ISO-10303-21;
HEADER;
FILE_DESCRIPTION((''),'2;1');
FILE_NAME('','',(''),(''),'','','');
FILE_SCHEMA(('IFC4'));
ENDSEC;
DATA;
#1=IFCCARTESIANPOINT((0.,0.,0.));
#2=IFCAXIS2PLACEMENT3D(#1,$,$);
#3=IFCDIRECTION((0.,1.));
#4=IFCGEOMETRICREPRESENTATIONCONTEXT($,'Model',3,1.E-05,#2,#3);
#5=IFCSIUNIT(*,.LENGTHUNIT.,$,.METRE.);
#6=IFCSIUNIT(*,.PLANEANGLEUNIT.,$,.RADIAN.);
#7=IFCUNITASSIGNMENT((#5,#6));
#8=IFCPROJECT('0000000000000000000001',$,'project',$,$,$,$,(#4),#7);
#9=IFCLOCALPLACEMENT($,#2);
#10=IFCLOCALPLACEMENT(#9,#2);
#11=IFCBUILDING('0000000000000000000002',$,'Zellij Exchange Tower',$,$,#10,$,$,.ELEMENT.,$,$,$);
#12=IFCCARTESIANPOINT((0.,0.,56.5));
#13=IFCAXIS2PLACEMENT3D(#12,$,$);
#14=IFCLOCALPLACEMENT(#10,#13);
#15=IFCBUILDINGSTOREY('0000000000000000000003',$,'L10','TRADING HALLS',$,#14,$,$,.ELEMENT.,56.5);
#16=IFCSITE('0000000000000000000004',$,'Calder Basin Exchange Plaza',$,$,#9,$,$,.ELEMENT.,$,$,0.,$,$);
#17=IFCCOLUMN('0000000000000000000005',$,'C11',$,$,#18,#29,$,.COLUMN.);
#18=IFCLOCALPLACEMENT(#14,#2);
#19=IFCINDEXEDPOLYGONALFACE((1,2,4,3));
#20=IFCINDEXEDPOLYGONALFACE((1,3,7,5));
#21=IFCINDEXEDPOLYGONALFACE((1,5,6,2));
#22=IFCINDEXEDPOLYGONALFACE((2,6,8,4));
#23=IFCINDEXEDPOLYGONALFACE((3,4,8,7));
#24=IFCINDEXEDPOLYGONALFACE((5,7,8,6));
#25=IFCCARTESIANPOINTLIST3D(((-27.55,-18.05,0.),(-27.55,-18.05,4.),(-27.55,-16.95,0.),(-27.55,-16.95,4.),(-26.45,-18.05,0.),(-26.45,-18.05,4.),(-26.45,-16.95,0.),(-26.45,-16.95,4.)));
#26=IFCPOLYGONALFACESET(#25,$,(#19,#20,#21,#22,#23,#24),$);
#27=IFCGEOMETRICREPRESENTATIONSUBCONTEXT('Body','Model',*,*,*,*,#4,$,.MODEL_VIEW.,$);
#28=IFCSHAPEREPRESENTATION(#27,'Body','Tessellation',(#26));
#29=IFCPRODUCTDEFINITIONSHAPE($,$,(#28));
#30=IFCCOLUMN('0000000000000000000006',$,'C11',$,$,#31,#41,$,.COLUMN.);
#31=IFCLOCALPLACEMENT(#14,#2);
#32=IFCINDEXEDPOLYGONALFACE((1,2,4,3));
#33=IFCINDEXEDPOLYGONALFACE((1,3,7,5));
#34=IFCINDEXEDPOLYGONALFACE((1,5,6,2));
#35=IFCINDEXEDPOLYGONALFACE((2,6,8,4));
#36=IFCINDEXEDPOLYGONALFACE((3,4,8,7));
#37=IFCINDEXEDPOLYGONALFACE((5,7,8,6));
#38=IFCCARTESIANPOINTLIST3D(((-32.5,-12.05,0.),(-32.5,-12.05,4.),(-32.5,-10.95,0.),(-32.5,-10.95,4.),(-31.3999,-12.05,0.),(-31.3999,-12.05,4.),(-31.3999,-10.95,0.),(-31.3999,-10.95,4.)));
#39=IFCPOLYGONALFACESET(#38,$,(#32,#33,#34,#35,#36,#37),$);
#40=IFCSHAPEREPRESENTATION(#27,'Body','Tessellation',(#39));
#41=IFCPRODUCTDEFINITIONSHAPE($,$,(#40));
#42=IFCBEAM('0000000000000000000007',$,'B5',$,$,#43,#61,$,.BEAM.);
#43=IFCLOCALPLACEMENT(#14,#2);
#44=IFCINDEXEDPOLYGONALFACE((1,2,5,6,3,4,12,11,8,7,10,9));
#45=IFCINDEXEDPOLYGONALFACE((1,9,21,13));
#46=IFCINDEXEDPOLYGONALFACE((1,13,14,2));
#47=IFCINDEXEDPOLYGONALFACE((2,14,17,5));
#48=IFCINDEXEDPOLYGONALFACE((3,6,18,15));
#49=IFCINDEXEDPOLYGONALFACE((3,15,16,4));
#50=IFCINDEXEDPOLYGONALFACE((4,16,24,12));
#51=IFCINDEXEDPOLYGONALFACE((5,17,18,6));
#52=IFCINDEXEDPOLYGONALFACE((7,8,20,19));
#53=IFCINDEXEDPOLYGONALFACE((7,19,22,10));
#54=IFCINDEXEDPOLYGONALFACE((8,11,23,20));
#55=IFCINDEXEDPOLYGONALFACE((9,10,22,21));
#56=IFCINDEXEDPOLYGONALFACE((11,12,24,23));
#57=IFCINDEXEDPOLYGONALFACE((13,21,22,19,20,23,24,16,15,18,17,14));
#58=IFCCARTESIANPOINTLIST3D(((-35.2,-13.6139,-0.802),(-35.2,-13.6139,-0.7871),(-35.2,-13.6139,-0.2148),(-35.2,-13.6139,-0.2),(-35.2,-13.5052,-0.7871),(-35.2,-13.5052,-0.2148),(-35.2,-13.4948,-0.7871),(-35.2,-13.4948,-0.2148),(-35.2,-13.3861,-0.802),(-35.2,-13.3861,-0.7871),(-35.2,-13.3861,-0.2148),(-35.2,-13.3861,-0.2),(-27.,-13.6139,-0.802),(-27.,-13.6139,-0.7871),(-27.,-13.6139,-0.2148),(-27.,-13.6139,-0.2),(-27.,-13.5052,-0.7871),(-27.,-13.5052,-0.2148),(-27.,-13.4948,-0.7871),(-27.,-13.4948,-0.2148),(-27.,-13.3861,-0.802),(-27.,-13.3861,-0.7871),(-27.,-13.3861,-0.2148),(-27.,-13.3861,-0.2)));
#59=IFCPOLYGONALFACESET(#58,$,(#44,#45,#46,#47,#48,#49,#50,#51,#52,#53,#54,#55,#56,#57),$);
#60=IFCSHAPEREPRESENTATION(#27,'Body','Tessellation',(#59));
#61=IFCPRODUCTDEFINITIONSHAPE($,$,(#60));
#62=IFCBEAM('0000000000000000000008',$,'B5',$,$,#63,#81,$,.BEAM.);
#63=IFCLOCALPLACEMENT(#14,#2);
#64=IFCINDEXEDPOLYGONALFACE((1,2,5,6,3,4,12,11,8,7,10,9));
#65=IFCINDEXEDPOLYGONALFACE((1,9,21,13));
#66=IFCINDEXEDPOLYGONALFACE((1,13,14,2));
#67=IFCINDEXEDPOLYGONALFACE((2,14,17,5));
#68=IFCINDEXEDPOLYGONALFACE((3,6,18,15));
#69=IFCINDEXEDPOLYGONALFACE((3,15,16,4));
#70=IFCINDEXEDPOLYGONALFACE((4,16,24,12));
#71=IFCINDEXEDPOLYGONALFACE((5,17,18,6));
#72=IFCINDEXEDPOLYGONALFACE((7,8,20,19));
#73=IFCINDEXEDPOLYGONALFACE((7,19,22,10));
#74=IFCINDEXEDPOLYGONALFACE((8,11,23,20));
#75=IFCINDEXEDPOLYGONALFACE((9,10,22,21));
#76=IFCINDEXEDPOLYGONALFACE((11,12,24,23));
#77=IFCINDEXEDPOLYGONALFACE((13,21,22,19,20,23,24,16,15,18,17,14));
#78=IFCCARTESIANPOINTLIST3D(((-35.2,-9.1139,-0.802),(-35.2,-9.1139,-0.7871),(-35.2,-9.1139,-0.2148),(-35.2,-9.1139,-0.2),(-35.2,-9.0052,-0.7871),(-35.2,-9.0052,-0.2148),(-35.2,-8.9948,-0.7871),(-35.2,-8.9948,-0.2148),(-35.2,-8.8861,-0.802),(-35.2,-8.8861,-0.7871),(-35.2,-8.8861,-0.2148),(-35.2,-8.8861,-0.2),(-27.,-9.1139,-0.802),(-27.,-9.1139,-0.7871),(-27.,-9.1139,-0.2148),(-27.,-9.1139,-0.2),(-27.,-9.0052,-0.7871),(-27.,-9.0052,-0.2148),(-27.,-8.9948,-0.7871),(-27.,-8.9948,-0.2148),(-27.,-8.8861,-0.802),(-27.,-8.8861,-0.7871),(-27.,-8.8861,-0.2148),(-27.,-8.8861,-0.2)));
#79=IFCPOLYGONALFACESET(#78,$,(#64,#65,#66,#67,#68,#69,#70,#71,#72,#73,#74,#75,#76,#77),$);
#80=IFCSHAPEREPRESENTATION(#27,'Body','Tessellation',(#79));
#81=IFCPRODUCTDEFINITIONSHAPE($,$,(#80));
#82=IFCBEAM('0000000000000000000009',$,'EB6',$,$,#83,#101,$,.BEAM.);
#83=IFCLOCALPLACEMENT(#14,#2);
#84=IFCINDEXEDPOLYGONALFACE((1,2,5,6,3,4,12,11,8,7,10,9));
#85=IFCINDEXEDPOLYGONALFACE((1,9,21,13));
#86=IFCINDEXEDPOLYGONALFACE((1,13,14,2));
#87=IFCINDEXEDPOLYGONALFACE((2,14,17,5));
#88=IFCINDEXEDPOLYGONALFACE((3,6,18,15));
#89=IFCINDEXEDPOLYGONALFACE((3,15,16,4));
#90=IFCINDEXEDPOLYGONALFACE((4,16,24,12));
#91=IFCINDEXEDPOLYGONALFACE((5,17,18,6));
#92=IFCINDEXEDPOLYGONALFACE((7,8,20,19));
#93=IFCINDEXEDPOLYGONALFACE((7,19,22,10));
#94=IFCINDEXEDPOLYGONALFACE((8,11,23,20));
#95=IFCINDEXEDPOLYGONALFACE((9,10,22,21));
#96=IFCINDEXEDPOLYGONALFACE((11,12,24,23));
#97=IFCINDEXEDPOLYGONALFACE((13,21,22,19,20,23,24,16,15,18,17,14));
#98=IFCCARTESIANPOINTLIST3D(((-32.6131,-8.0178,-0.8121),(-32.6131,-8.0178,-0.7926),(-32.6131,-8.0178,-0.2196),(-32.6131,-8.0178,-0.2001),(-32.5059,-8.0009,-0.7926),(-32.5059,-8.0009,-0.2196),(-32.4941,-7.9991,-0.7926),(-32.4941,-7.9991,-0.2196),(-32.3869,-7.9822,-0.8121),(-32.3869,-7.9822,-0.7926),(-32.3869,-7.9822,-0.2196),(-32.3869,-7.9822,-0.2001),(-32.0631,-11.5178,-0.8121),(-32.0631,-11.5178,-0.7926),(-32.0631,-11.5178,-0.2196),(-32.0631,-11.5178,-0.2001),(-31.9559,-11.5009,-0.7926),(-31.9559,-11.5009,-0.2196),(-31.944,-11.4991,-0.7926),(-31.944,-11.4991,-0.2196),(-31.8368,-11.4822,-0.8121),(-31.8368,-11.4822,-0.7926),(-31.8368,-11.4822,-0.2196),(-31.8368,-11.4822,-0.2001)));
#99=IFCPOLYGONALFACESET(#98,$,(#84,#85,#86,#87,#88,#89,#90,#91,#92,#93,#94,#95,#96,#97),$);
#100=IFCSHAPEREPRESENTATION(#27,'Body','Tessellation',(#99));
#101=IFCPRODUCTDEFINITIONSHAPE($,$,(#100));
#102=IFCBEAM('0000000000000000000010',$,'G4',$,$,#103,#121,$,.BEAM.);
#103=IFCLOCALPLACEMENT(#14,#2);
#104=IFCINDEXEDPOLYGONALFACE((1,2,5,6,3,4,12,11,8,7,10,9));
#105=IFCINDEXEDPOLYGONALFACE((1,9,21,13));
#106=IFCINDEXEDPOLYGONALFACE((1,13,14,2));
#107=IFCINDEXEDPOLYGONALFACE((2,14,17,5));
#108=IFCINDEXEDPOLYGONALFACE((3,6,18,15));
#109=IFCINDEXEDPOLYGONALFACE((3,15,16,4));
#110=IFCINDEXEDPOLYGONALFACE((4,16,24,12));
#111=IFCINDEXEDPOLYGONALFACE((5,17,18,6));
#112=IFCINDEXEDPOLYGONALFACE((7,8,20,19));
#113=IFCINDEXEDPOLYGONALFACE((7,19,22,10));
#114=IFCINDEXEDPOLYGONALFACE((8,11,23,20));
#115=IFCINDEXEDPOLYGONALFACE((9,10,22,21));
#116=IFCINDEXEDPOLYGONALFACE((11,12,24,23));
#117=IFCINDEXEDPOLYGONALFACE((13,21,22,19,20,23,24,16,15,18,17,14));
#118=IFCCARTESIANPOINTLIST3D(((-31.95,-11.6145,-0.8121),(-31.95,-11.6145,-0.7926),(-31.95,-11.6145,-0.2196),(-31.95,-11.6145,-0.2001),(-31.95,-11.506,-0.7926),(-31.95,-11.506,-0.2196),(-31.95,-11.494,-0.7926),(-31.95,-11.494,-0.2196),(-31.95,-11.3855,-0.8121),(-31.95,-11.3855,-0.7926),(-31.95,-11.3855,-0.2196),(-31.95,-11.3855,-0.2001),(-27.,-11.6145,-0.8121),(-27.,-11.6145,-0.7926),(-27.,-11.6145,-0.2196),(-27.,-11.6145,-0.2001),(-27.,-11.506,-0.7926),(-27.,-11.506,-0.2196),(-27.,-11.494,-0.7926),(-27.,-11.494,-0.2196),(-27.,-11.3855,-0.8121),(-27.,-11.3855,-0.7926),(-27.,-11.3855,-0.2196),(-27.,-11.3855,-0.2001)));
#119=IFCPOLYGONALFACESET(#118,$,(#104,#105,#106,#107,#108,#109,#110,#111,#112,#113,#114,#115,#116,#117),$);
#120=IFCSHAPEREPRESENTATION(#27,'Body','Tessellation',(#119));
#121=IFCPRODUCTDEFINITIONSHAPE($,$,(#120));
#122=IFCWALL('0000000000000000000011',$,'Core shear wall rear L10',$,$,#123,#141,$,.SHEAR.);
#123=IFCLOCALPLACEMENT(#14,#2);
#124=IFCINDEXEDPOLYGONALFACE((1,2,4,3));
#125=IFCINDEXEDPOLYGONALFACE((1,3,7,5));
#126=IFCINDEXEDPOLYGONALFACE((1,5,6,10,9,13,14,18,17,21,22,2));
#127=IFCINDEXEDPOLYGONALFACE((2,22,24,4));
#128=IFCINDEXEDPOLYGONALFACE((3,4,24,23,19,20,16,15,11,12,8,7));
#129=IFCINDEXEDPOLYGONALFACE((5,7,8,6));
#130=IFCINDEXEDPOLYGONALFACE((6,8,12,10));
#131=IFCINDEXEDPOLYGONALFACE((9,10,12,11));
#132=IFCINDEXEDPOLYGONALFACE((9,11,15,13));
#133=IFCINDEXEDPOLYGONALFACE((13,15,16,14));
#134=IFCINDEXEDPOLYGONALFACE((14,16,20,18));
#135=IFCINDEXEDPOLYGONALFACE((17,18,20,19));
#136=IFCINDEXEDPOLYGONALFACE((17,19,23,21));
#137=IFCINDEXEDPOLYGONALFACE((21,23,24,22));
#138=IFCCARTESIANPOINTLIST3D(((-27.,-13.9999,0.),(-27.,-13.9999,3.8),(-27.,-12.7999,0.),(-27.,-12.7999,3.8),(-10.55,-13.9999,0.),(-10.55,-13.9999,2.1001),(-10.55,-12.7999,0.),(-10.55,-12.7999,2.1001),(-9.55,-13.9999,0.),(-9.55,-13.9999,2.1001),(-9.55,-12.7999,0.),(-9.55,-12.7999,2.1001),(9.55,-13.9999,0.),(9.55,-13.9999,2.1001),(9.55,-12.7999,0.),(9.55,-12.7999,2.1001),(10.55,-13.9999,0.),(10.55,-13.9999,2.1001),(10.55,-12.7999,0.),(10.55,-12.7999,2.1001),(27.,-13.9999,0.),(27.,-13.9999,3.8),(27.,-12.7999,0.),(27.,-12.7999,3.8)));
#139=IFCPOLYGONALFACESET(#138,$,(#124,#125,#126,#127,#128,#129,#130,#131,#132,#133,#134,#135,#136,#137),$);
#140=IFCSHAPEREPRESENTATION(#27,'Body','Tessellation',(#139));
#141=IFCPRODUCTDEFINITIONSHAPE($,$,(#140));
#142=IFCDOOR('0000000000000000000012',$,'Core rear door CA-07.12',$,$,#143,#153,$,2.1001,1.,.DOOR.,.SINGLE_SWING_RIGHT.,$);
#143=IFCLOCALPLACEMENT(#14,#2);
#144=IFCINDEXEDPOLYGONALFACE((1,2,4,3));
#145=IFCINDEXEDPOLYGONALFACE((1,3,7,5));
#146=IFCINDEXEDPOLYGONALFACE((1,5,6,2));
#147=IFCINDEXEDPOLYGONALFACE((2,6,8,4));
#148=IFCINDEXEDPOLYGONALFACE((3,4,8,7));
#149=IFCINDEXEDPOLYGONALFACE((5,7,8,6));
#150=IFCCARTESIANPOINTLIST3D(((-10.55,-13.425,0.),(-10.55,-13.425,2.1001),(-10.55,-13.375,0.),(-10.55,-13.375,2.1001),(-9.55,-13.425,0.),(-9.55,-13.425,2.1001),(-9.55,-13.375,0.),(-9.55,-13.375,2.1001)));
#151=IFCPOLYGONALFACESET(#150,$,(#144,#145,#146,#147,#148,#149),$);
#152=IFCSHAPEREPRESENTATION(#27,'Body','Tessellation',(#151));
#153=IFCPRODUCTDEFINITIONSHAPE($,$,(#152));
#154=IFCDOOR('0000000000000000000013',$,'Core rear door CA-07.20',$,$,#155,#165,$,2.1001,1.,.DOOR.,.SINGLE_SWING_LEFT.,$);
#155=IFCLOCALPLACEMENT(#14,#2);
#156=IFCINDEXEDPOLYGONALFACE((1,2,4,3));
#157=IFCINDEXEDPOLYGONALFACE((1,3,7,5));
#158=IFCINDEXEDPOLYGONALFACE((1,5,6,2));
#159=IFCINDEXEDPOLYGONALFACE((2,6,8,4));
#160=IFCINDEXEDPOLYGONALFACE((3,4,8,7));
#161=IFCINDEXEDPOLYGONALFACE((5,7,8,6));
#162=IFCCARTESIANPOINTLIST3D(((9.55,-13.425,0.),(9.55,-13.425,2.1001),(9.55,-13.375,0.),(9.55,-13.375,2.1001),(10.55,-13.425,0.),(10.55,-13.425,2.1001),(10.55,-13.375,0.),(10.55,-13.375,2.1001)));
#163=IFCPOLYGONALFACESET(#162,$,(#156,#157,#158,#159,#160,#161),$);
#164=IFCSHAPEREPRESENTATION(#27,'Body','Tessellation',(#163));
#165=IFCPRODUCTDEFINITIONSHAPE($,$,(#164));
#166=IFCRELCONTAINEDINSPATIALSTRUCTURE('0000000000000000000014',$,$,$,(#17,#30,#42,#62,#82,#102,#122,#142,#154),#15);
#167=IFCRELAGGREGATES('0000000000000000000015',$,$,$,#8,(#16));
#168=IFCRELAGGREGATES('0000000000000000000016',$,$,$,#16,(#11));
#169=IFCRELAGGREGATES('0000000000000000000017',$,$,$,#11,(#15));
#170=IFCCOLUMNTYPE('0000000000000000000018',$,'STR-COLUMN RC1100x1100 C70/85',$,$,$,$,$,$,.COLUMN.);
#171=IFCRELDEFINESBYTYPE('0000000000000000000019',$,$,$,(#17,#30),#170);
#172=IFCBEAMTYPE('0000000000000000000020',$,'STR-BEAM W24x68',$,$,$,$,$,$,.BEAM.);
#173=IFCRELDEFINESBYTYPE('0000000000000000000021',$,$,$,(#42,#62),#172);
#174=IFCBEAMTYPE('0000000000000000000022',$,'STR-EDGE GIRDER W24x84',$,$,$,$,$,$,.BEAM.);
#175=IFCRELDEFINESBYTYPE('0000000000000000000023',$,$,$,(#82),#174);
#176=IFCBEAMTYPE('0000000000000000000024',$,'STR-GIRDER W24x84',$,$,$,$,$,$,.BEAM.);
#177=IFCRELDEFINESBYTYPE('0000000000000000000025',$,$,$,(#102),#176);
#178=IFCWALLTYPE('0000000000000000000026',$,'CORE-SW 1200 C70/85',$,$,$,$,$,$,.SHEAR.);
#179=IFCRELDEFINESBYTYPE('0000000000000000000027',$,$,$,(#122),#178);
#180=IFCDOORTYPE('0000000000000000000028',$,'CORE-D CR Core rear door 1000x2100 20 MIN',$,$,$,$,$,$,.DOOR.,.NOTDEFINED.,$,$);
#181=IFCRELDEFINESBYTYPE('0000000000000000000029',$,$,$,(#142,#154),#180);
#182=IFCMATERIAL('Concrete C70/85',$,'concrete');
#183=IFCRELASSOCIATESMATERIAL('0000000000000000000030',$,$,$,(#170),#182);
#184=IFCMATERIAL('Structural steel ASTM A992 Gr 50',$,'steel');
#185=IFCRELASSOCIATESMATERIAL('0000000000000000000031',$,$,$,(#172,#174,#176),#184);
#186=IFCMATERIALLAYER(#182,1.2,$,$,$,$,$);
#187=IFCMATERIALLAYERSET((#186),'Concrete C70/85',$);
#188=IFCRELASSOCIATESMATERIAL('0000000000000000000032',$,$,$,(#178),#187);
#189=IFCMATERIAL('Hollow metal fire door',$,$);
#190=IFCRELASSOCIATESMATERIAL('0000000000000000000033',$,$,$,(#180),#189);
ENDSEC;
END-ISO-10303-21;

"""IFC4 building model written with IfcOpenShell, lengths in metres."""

from ifc_helpers import new_model, si_unit, direction, frame, frame_2d, origin, origin_2d, place, context, subcontext, project, spatial, rectangle, i_section, extrude, material, layer, layer_set, material_profile, profile_set, type_object, element, fill, save


model = new_model("IFC4")

# Units and contexts
model_context = context("Model", 3, precision=1e-05, world=origin(), true_north=direction((0.0, 1.0)))
body_context = subcontext(model_context, "Body", "Model", "MODEL_VIEW")
ifc_project = project(units=[si_unit("LENGTHUNIT", "METRE"), si_unit("PLANEANGLEUNIT", "RADIAN")], contexts=[model_context])

# Site, building, storey
site_placement = place(None, origin())
site = spatial("IfcSite", under=ifc_project, at=site_placement, Name="Calder Basin Exchange Plaza", CompositionType="ELEMENT", RefElevation=0.0)
building_placement = place(site_placement, origin())
building = spatial("IfcBuilding", under=site, at=building_placement, Name="Zellij Exchange Tower", CompositionType="ELEMENT")
storey_placement = place(building_placement, frame((0.0, 0.0, 56.5)))
storey = spatial("IfcBuildingStorey", under=building, at=storey_placement, Name="L10", Description="TRADING HALLS", CompositionType="ELEMENT", Elevation=56.5)

# Columns
ifc_material_1 = material(Name="Concrete C70/85", Category="concrete")
ifc_material_profile_1 = material_profile(ifc_material_1, rectangle(XDim=1.1001, YDim=1.1001, at=origin_2d()), Name="STR-COLUMN RC1100x1100 C70/85")
ifc_profile_set_1 = profile_set([ifc_material_profile_1], Name="Concrete C70/85")
column_type = type_object("IfcColumnType", Name="STR-COLUMN RC1100x1100 C70/85", PredefinedType="COLUMN", material=ifc_profile_set_1)
for number, where, z_axis, x_axis, name in (
    (1, (-27.0, -17.5, 0.0), (0.0, 0.0, 1.0), (1.0, 0.0, 0.0), "C11"),
    (2, (-31.95, -11.5, 0.0), (0.0, 0.0, 1.0), (1.0, 0.0, 0.0), "C11"),
):
    element("IfcColumn", number, at=place(storey_placement, frame(where, z_axis=z_axis, x_axis=x_axis)), inside=storey, type_object=column_type, Name=name, PredefinedType="COLUMN", context=body_context, shape_type="SweptSolid", body=[
        extrude(rectangle(XDim=1.1001, YDim=1.1001, at=origin_2d()), origin(), (0.0, 0.0, 1.0), 4.0),
    ])

# Beams
ifc_material_2 = material(Name="Structural steel ASTM A992 Gr 50", Category="steel")
ifc_material_profile_2 = material_profile(ifc_material_2, i_section(OverallWidth=0.2278, OverallDepth=0.6021, WebThickness=0.0105, FlangeThickness=0.0149, at=origin_2d()), Name="W24x68")
ifc_profile_set_2 = profile_set([ifc_material_profile_2], Name="Structural steel ASTM A992 Gr 50")
beam_type_1 = type_object("IfcBeamType", Name="STR-BEAM W24x68", PredefinedType="BEAM", material=ifc_profile_set_2)
for number, where, z_axis, x_axis, name in (
    (3, (-35.2, -13.5, -0.501), (1.0, 0.0, 0.0), (0.0, 1.0, 0.0), "B5"),
    (4, (-35.2, -9.0, -0.501), (1.0, 0.0, 0.0), (0.0, 1.0, 0.0), "B5"),
):
    element("IfcBeam", number, at=place(storey_placement, frame(where, z_axis=z_axis, x_axis=x_axis)), inside=storey, type_object=beam_type_1, Name=name, PredefinedType="BEAM", context=body_context, shape_type="SweptSolid", body=[
        extrude(i_section(OverallWidth=0.2278, OverallDepth=0.6021, WebThickness=0.0105, FlangeThickness=0.0149, at=origin_2d()), origin(), (0.0, 0.0, 1.0), 8.2),
    ])
ifc_material_profile_3 = material_profile(ifc_material_2, i_section(OverallWidth=0.229, OverallDepth=0.6121, WebThickness=0.012, FlangeThickness=0.0195, at=origin_2d()), Name="W24x84")
ifc_profile_set_3 = profile_set([ifc_material_profile_3], Name="Structural steel ASTM A992 Gr 50")
beam_type_2 = type_object("IfcBeamType", Name="STR-EDGE GIRDER W24x84", PredefinedType="BEAM", material=ifc_profile_set_3)
beam_1_placement = place(storey_placement, frame((-31.95, -11.5, -0.5061), z_axis=(-0.155251, 0.987875, 0.0), x_axis=(-0.987875, -0.155251, 0.0)))
element("IfcBeam", 5, at=beam_1_placement, inside=storey, type_object=beam_type_2, Name="EB6", PredefinedType="BEAM", context=body_context, shape_type="SweptSolid", body=[
    extrude(i_section(OverallWidth=0.229, OverallDepth=0.6121, WebThickness=0.012, FlangeThickness=0.0195, at=origin_2d()), origin(), (0.0, 0.0, 1.0), 3.543),
])
ifc_material_profile_4 = material_profile(ifc_material_2, i_section(OverallWidth=0.229, OverallDepth=0.6121, WebThickness=0.012, FlangeThickness=0.0195, at=origin_2d()), Name="W24x84")
ifc_profile_set_4 = profile_set([ifc_material_profile_4], Name="Structural steel ASTM A992 Gr 50")
beam_type_3 = type_object("IfcBeamType", Name="STR-GIRDER W24x84", PredefinedType="BEAM", material=ifc_profile_set_4)
beam_2_placement = place(storey_placement, frame((-31.95, -11.5, -0.5061), z_axis=(1.0, 0.0, 0.0), x_axis=(0.0, 1.0, 0.0)))
element("IfcBeam", 6, at=beam_2_placement, inside=storey, type_object=beam_type_3, Name="G4", PredefinedType="BEAM", context=body_context, shape_type="SweptSolid", body=[
    extrude(i_section(OverallWidth=0.229, OverallDepth=0.6121, WebThickness=0.012, FlangeThickness=0.0195, at=origin_2d()), origin(), (0.0, 0.0, 1.0), 4.95),
])

# Wall, openings, doors
ifc_layer_1 = layer(ifc_material_1, 1.2)
ifc_layer_set_1 = layer_set([ifc_layer_1], Name="Concrete C70/85")
wall_type_1 = type_object("IfcWallType", Name="CORE-SW 1200 C70/85", PredefinedType="SHEAR", material=ifc_layer_set_1)
wall_1_placement = place(storey_placement, frame((-27.0, -13.3999, 0.0), z_axis=(0.0, 0.0, 1.0), x_axis=(1.0, 0.0, 0.0)))
wall_1 = element("IfcWall", 7, at=wall_1_placement, inside=storey, type_object=wall_type_1, Name="Core shear wall rear L10", PredefinedType="SHEAR", context=body_context, shape_type="SweptSolid", body=[
    extrude(rectangle(XDim=54.0, YDim=1.2, at=frame_2d((27.0, 0.0))), origin(), (0.0, 0.0, 1.0), 3.8),
])
opening_1_placement = place(wall_1_placement, frame((16.45, 0.0, 0.0)))
opening_1 = element("IfcOpeningElement", 8, at=opening_1_placement, cuts=wall_1, PredefinedType="OPENING", context=body_context, shape_type="SweptSolid", body=[
    extrude(rectangle(XDim=1.0, YDim=2.1001, at=frame_2d((0.5, 1.05))), frame((0.0, 0.6118, 0.0), z_axis=(0.0, -1.0, 0.0), x_axis=(1.0, 0.0, 0.0)), (0.0, 0.0, 1.0), 1.2239),
])
opening_2_placement = place(wall_1_placement, frame((36.55, 0.0, 0.0)))
opening_2 = element("IfcOpeningElement", 9, at=opening_2_placement, cuts=wall_1, PredefinedType="OPENING", context=body_context, shape_type="SweptSolid", body=[
    extrude(rectangle(XDim=1.0, YDim=2.1001, at=frame_2d((0.5, 1.05))), frame((0.0, 0.6118, 0.0), z_axis=(0.0, -1.0, 0.0), x_axis=(1.0, 0.0, 0.0)), (0.0, 0.0, 1.0), 1.2239),
])
ifc_material_3 = material(Name="Hollow metal fire door")
door_type_1 = type_object("IfcDoorType", Name="CORE-D CR Core rear door 1000x2100 20 MIN", OperationType="NOTDEFINED", PredefinedType="DOOR", material=ifc_material_3)
door_1_placement = place(opening_1_placement, origin())
door_1 = element("IfcDoor", 10, at=door_1_placement, inside=storey, type_object=door_type_1, Name="Core rear door CA-07.12", OperationType="SINGLE_SWING_RIGHT", OverallHeight=2.1001, OverallWidth=1.0, PredefinedType="DOOR", context=body_context, shape_type="SweptSolid", body=[
    extrude(rectangle(XDim=1.0, YDim=2.1001, at=frame_2d((0.5, 1.05))), frame((0.0, 0.0249, 0.0), z_axis=(0.0, -1.0, 0.0), x_axis=(1.0, 0.0, 0.0)), (0.0, 0.0, 1.0), 0.05),
])
fill(opening_1, door_1)
door_2_placement = place(opening_2_placement, origin())
door_2 = element("IfcDoor", 11, at=door_2_placement, inside=storey, type_object=door_type_1, Name="Core rear door CA-07.20", OperationType="SINGLE_SWING_LEFT", OverallHeight=2.1001, OverallWidth=1.0, PredefinedType="DOOR", context=body_context, shape_type="SweptSolid", body=[
    extrude(rectangle(XDim=1.0, YDim=2.1001, at=frame_2d((0.5, 1.05))), frame((0.0, 0.0249, 0.0), z_axis=(0.0, -1.0, 0.0), x_axis=(1.0, 0.0, 0.0)), (0.0, 0.0, 1.0), 0.05),
])
fill(opening_2, door_2)

save(model, "model.ifc")
